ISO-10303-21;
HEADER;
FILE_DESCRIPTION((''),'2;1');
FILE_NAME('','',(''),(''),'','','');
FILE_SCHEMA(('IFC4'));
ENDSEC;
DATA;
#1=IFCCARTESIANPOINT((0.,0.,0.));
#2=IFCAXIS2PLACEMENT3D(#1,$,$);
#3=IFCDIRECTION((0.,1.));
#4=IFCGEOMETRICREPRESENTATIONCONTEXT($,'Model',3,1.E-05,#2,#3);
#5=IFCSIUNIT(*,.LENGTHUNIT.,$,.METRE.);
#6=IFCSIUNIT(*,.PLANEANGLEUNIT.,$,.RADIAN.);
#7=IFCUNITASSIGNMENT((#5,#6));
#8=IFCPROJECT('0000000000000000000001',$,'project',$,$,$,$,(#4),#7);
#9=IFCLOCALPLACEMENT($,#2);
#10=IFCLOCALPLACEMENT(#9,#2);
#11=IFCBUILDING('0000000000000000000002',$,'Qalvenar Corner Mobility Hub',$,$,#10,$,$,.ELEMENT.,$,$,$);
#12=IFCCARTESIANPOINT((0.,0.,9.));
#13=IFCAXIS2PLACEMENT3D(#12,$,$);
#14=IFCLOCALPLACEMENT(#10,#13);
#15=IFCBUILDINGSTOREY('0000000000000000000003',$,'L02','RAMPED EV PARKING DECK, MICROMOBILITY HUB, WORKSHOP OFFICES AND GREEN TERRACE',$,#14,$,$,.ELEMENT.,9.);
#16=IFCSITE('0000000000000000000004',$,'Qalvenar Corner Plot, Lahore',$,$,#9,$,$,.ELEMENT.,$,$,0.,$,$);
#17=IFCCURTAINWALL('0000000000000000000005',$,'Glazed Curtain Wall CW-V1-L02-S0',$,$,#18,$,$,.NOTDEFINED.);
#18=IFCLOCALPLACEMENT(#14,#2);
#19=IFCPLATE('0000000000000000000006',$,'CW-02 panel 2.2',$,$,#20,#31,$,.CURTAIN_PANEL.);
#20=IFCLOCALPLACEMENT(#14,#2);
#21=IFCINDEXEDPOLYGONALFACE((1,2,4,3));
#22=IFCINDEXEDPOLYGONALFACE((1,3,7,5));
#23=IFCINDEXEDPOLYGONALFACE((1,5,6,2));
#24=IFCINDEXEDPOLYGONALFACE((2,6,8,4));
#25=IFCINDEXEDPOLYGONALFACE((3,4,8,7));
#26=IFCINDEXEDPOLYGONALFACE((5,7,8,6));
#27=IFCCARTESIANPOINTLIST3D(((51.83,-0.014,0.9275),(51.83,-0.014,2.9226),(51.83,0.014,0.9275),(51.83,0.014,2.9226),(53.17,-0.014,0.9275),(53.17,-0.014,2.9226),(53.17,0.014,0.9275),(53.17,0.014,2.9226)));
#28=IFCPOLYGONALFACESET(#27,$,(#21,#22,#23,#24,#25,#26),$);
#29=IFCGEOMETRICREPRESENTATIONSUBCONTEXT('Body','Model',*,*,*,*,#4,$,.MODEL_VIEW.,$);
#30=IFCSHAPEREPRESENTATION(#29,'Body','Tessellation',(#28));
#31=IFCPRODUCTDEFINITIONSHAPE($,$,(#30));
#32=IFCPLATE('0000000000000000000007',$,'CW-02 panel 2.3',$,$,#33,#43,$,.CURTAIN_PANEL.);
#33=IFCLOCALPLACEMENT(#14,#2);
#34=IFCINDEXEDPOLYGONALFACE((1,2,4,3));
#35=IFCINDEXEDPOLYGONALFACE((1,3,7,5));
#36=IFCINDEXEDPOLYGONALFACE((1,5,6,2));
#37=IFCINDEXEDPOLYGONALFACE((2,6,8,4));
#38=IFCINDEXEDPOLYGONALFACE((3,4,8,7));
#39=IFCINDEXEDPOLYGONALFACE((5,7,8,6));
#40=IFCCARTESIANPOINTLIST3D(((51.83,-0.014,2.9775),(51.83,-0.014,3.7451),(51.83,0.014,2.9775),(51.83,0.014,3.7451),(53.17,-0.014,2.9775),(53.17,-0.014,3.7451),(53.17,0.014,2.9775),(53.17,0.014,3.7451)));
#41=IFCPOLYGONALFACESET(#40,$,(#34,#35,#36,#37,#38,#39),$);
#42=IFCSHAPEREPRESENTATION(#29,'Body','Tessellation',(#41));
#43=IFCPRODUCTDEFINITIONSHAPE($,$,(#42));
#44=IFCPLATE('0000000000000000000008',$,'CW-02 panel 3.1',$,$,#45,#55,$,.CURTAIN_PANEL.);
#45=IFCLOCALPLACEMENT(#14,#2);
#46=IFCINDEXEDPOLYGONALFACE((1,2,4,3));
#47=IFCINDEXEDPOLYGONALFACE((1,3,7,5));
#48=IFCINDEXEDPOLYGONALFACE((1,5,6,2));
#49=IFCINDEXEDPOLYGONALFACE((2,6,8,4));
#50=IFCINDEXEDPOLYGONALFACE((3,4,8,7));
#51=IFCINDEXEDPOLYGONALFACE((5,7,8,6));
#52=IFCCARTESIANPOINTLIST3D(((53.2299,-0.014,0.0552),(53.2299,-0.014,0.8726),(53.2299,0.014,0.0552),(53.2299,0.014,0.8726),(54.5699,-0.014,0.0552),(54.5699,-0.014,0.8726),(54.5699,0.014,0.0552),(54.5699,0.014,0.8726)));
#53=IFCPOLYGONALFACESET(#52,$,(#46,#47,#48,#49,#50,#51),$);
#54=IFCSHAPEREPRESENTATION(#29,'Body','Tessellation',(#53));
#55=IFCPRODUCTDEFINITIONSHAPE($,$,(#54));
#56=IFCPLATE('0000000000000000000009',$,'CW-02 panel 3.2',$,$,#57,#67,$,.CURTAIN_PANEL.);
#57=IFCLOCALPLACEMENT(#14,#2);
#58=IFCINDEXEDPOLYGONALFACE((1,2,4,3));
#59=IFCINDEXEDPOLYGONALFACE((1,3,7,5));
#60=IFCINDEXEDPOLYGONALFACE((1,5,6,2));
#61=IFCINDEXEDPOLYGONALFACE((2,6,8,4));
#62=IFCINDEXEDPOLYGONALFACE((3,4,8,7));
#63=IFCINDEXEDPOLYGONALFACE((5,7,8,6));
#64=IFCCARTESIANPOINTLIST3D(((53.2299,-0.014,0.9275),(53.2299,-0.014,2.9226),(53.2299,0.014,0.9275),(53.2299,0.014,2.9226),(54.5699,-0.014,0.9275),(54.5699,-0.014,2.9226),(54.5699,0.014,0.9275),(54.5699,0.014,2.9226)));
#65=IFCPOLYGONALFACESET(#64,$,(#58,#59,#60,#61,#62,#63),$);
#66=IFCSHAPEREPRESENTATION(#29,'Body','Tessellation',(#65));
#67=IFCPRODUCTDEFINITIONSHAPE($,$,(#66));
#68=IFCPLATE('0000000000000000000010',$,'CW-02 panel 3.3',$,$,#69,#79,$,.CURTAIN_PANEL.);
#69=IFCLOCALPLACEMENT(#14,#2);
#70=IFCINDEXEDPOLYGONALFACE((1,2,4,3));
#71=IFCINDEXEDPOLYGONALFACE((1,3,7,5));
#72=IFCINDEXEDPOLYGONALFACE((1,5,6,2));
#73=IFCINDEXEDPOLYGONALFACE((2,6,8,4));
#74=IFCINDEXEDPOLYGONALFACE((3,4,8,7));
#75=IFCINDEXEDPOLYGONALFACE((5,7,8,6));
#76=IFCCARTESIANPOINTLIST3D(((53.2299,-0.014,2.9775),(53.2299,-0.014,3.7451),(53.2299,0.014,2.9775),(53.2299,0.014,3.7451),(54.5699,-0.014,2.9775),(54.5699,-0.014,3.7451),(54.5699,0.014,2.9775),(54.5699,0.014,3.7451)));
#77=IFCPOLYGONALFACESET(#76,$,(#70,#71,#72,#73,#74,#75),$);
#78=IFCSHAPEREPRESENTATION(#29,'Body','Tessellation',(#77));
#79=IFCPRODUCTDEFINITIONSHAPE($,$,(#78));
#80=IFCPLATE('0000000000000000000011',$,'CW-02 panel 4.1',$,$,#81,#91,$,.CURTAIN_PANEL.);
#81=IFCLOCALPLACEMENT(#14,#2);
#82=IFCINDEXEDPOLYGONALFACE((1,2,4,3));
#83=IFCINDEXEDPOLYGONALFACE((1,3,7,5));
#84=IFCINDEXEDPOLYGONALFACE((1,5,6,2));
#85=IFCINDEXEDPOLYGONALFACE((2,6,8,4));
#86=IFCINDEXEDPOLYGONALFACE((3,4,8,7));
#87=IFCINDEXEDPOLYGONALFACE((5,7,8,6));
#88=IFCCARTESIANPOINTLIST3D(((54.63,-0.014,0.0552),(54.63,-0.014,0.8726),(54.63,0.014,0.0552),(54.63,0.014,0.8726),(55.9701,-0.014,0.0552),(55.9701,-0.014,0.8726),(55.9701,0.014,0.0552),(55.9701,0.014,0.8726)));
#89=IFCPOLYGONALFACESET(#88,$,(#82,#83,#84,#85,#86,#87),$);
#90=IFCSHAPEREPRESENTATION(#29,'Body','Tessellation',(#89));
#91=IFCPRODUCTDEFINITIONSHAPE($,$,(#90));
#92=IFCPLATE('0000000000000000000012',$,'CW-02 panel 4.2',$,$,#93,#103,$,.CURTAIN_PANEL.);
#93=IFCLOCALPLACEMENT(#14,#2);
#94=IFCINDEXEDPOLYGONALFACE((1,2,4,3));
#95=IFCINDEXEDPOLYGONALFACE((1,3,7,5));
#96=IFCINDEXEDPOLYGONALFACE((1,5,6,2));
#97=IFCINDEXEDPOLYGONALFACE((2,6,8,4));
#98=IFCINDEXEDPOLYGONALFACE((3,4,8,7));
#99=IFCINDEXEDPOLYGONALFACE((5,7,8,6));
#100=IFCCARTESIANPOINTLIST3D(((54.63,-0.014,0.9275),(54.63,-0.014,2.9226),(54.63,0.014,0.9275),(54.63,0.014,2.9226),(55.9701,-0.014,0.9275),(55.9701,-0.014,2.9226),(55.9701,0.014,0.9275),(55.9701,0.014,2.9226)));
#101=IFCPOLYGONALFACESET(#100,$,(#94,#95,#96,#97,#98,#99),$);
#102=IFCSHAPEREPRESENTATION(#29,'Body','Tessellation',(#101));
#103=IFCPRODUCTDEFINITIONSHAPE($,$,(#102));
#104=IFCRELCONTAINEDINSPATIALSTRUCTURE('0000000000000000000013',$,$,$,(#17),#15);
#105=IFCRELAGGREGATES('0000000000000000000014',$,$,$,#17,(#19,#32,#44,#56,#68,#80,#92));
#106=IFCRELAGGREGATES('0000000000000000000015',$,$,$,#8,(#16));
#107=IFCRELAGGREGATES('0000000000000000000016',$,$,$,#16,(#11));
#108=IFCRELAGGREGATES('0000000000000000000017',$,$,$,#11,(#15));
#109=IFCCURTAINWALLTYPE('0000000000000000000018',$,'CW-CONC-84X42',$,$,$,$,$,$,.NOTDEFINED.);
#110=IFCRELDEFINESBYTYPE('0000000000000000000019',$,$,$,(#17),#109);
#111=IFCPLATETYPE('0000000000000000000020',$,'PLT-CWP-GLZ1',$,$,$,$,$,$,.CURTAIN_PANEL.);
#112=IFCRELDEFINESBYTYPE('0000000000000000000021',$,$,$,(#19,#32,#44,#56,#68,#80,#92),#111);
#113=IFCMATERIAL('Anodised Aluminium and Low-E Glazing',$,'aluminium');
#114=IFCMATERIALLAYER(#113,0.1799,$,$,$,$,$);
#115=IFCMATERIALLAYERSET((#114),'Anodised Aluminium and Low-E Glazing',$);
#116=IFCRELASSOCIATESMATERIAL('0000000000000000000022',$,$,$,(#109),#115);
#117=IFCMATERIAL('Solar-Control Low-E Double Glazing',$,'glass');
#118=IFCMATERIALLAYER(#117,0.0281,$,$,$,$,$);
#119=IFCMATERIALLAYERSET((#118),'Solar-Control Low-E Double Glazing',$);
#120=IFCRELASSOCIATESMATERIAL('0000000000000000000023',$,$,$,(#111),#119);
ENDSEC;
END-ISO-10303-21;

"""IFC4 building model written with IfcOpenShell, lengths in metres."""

from ifc_helpers import new_model, si_unit, direction, frame, origin, origin_2d, place, context, subcontext, project, spatial, rectangle, extrude, material, layer, layer_set, type_object, element, aggregate, save


model = new_model("IFC4")

# Units and contexts
model_context = context("Model", 3, precision=1e-05, world=origin(), true_north=direction((0.0, 1.0)))
body_context = subcontext(model_context, "Body", "Model", "MODEL_VIEW")
ifc_project = project(units=[si_unit("LENGTHUNIT", "METRE"), si_unit("PLANEANGLEUNIT", "RADIAN")], contexts=[model_context])

# Site, building, storey
site_placement = place(None, origin())
site = spatial("IfcSite", under=ifc_project, at=site_placement, Name="Qalvenar Corner Plot, Lahore", CompositionType="ELEMENT", RefElevation=0.0)
building_placement = place(site_placement, origin())
building = spatial("IfcBuilding", under=site, at=building_placement, Name="Qalvenar Corner Mobility Hub", CompositionType="ELEMENT")
storey_placement = place(building_placement, frame((0.0, 0.0, 9.0)))
storey = spatial("IfcBuildingStorey", under=building, at=storey_placement, Name="L02", Description="RAMPED EV PARKING DECK, MICROMOBILITY HUB, WORKSHOP OFFICES AND GREEN TERRACE", CompositionType="ELEMENT", Elevation=9.0)

# Curtain wall, plates
ifc_material_1 = material(Name="Anodised Aluminium and Low-E Glazing", Category="aluminium")
ifc_layer_1 = layer(ifc_material_1, 0.1799)
ifc_layer_set_1 = layer_set([ifc_layer_1], Name="Anodised Aluminium and Low-E Glazing")
curtain_wall_type = type_object("IfcCurtainWallType", Name="CW-CONC-84X42", PredefinedType="NOTDEFINED", material=ifc_layer_set_1)
curtain_wall_placement = place(storey_placement, origin())
curtain_wall = element("IfcCurtainWall", 1, at=curtain_wall_placement, inside=storey, type_object=curtain_wall_type, Name="Glazed Curtain Wall CW-V1-L02-S0", PredefinedType="NOTDEFINED")
ifc_material_2 = material(Name="Solar-Control Low-E Double Glazing", Category="glass")
ifc_layer_2 = layer(ifc_material_2, 0.0281)
ifc_layer_set_2 = layer_set([ifc_layer_2], Name="Solar-Control Low-E Double Glazing")
plate_type = type_object("IfcPlateType", Name="PLT-CWP-GLZ1", PredefinedType="CURTAIN_PANEL", material=ifc_layer_set_2)
plate_1_placement = place(storey_placement, frame((52.5, 0.0, 0.9275), z_axis=(0.0, 0.0, 1.0), x_axis=(1.0, 0.0, 0.0)))
plate_1 = element("IfcPlate", 2, at=plate_1_placement, type_object=plate_type, Name="CW-02 panel 2.2", PredefinedType="CURTAIN_PANEL", context=body_context, shape_type="SweptSolid", body=[
    extrude(rectangle(XDim=1.3401, YDim=0.0281, at=origin_2d()), origin(), (0.0, 0.0, 1.0), 1.9951),
])
plate_2_placement = place(storey_placement, frame((52.5, 0.0, 2.9775), z_axis=(0.0, 0.0, 1.0), x_axis=(1.0, 0.0, 0.0)))
plate_2 = element("IfcPlate", 3, at=plate_2_placement, type_object=plate_type, Name="CW-02 panel 2.3", PredefinedType="CURTAIN_PANEL", context=body_context, shape_type="SweptSolid", body=[
    extrude(rectangle(XDim=1.3401, YDim=0.0281, at=origin_2d()), origin(), (0.0, 0.0, 1.0), 0.7676),
])
plate_3_placement = place(storey_placement, frame((53.8999, 0.0, 0.0552), z_axis=(0.0, 0.0, 1.0), x_axis=(1.0, 0.0, 0.0)))
plate_3 = element("IfcPlate", 4, at=plate_3_placement, type_object=plate_type, Name="CW-02 panel 3.1", PredefinedType="CURTAIN_PANEL", context=body_context, shape_type="SweptSolid", body=[
    extrude(rectangle(XDim=1.3401, YDim=0.0281, at=origin_2d()), origin(), (0.0, 0.0, 1.0), 0.8174),
])
plate_4_placement = place(storey_placement, frame((53.8999, 0.0, 0.9275), z_axis=(0.0, 0.0, 1.0), x_axis=(1.0, 0.0, 0.0)))
plate_4 = element("IfcPlate", 5, at=plate_4_placement, type_object=plate_type, Name="CW-02 panel 3.2", PredefinedType="CURTAIN_PANEL", context=body_context, shape_type="SweptSolid", body=[
    extrude(rectangle(XDim=1.3401, YDim=0.0281, at=origin_2d()), origin(), (0.0, 0.0, 1.0), 1.9951),
])
plate_5_placement = place(storey_placement, frame((53.8999, 0.0, 2.9775), z_axis=(0.0, 0.0, 1.0), x_axis=(1.0, 0.0, 0.0)))
plate_5 = element("IfcPlate", 6, at=plate_5_placement, type_object=plate_type, Name="CW-02 panel 3.3", PredefinedType="CURTAIN_PANEL", context=body_context, shape_type="SweptSolid", body=[
    extrude(rectangle(XDim=1.3401, YDim=0.0281, at=origin_2d()), origin(), (0.0, 0.0, 1.0), 0.7676),
])
plate_6_placement = place(storey_placement, frame((55.3, 0.0, 0.0552), z_axis=(0.0, 0.0, 1.0), x_axis=(1.0, 0.0, 0.0)))
plate_6 = element("IfcPlate", 7, at=plate_6_placement, type_object=plate_type, Name="CW-02 panel 4.1", PredefinedType="CURTAIN_PANEL", context=body_context, shape_type="SweptSolid", body=[
    extrude(rectangle(XDim=1.3401, YDim=0.0281, at=origin_2d()), origin(), (0.0, 0.0, 1.0), 0.8174),
])
plate_7_placement = place(storey_placement, frame((55.3, 0.0, 0.9275), z_axis=(0.0, 0.0, 1.0), x_axis=(1.0, 0.0, 0.0)))
plate_7 = element("IfcPlate", 8, at=plate_7_placement, type_object=plate_type, Name="CW-02 panel 4.2", PredefinedType="CURTAIN_PANEL", context=body_context, shape_type="SweptSolid", body=[
    extrude(rectangle(XDim=1.3401, YDim=0.0281, at=origin_2d()), origin(), (0.0, 0.0, 1.0), 1.9951),
])
aggregate(curtain_wall, [plate_1, plate_2, plate_3, plate_4, plate_5, plate_6, plate_7])

save(model, "model.ifc")
